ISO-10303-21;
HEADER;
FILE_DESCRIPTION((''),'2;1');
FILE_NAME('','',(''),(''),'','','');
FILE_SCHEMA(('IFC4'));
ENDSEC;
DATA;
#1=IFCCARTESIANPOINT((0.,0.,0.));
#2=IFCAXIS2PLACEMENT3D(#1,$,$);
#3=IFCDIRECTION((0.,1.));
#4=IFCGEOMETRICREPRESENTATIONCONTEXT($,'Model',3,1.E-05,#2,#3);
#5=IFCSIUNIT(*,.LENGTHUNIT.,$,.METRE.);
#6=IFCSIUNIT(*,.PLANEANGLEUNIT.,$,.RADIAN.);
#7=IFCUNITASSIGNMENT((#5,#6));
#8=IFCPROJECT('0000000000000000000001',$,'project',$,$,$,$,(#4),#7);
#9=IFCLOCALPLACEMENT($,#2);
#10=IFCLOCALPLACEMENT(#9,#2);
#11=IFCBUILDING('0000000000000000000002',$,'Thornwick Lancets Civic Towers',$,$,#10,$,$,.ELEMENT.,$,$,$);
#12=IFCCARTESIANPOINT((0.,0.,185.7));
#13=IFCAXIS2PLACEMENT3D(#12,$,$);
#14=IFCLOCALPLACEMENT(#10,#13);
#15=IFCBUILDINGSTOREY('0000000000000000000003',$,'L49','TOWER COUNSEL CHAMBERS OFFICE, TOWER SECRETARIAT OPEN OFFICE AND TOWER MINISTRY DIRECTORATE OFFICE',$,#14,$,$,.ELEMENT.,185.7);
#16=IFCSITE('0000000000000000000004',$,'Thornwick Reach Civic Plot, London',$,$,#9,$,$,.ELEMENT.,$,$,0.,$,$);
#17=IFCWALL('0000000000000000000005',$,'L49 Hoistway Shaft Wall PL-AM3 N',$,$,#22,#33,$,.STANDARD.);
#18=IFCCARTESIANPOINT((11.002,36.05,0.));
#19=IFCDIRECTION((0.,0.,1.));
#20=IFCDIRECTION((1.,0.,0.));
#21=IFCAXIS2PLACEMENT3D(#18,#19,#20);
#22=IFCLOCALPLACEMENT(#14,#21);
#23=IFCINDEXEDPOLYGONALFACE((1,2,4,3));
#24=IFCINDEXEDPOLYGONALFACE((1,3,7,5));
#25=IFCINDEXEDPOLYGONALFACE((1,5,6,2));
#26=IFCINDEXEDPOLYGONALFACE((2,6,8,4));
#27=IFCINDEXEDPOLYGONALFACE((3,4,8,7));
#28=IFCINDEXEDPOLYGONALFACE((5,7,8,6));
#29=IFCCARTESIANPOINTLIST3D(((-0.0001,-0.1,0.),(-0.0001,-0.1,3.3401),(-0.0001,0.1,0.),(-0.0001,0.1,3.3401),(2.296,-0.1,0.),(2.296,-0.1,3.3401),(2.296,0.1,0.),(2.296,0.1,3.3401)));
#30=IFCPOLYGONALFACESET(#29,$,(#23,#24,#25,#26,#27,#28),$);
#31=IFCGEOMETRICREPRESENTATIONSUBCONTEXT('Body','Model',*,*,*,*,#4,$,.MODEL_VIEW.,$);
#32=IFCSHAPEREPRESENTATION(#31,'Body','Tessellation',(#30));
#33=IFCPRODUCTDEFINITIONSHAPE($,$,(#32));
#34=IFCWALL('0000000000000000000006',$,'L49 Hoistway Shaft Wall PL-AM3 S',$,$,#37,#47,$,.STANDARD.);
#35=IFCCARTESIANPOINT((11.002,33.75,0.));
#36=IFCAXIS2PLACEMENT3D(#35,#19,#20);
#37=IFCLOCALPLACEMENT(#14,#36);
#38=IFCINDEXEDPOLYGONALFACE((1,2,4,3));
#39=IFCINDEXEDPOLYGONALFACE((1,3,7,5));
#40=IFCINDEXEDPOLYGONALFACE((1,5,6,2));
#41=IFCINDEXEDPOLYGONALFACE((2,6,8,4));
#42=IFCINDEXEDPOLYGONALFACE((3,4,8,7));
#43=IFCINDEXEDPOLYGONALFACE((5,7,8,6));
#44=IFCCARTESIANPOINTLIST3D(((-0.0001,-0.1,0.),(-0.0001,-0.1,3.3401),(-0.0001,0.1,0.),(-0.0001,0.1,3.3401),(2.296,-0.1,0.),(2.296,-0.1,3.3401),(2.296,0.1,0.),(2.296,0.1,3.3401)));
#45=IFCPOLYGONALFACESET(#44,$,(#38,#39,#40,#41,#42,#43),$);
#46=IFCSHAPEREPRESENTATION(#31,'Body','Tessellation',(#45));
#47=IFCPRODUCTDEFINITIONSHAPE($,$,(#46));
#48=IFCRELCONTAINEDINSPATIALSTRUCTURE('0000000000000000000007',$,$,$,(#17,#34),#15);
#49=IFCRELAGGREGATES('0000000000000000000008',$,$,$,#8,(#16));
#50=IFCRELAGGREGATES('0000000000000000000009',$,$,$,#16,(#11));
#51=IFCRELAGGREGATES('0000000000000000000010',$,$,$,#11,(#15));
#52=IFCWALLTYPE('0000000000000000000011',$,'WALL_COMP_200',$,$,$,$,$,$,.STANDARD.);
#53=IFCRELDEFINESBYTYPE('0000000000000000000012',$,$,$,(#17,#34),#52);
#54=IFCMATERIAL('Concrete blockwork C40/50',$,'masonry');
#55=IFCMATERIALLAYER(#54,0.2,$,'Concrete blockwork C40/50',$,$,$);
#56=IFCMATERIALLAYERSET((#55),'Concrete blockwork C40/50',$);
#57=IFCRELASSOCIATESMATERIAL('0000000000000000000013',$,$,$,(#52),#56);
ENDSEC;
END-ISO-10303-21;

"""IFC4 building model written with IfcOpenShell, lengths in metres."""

from ifc_helpers import new_model, si_unit, direction, frame, frame_2d, origin, place, context, subcontext, project, spatial, rectangle, extrude, material, layer, layer_set, type_object, element, save


model = new_model("IFC4")

# Units and contexts
model_context = context("Model", 3, precision=1e-05, world=origin(), true_north=direction((0.0, 1.0)))
body_context = subcontext(model_context, "Body", "Model", "MODEL_VIEW")
ifc_project = project(units=[si_unit("LENGTHUNIT", "METRE"), si_unit("PLANEANGLEUNIT", "RADIAN")], contexts=[model_context])

# Site, building, storey
site_placement = place(None, origin())
site = spatial("IfcSite", under=ifc_project, at=site_placement, Name="Thornwick Reach Civic Plot, London", CompositionType="ELEMENT", RefElevation=0.0)
building_placement = place(site_placement, origin())
building = spatial("IfcBuilding", under=site, at=building_placement, Name="Thornwick Lancets Civic Towers", CompositionType="ELEMENT")
storey_placement = place(building_placement, frame((0.0, 0.0, 185.7)))
storey = spatial("IfcBuildingStorey", under=building, at=storey_placement, Name="L49", Description="TOWER COUNSEL CHAMBERS OFFICE, TOWER SECRETARIAT OPEN OFFICE AND TOWER MINISTRY DIRECTORATE OFFICE", CompositionType="ELEMENT", Elevation=185.7)

# Shared definitions
ifc_material_1 = material(Name="Concrete blockwork C40/50", Category="masonry")
ifc_layer_1 = layer(ifc_material_1, 0.2, Name="Concrete blockwork C40/50")
ifc_layer_set_1 = layer_set([ifc_layer_1], Name="Concrete blockwork C40/50")
wall_type_1 = type_object("IfcWallType", Name="WALL_COMP_200", PredefinedType="STANDARD", material=ifc_layer_set_1)

# Walls
for number, where, z_axis, x_axis, name in (
    (1, (11.002, 36.05, 0.0), (0.0, 0.0, 1.0), (1.0, 0.0, 0.0), "L49 Hoistway Shaft Wall PL-AM3 N"),
    (2, (11.002, 33.75, 0.0), (0.0, 0.0, 1.0), (1.0, 0.0, 0.0), "L49 Hoistway Shaft Wall PL-AM3 S"),
):
    element("IfcWall", number, at=place(storey_placement, frame(where, z_axis=z_axis, x_axis=x_axis)), inside=storey, type_object=wall_type_1, Name=name, PredefinedType="STANDARD", context=body_context, shape_type="SweptSolid", body=[
        extrude(rectangle(XDim=2.2961, YDim=0.2, at=frame_2d((1.1479, 0.0))), origin(), (0.0, 0.0, 1.0), 3.3401),
    ])

save(model, "model.ifc")
